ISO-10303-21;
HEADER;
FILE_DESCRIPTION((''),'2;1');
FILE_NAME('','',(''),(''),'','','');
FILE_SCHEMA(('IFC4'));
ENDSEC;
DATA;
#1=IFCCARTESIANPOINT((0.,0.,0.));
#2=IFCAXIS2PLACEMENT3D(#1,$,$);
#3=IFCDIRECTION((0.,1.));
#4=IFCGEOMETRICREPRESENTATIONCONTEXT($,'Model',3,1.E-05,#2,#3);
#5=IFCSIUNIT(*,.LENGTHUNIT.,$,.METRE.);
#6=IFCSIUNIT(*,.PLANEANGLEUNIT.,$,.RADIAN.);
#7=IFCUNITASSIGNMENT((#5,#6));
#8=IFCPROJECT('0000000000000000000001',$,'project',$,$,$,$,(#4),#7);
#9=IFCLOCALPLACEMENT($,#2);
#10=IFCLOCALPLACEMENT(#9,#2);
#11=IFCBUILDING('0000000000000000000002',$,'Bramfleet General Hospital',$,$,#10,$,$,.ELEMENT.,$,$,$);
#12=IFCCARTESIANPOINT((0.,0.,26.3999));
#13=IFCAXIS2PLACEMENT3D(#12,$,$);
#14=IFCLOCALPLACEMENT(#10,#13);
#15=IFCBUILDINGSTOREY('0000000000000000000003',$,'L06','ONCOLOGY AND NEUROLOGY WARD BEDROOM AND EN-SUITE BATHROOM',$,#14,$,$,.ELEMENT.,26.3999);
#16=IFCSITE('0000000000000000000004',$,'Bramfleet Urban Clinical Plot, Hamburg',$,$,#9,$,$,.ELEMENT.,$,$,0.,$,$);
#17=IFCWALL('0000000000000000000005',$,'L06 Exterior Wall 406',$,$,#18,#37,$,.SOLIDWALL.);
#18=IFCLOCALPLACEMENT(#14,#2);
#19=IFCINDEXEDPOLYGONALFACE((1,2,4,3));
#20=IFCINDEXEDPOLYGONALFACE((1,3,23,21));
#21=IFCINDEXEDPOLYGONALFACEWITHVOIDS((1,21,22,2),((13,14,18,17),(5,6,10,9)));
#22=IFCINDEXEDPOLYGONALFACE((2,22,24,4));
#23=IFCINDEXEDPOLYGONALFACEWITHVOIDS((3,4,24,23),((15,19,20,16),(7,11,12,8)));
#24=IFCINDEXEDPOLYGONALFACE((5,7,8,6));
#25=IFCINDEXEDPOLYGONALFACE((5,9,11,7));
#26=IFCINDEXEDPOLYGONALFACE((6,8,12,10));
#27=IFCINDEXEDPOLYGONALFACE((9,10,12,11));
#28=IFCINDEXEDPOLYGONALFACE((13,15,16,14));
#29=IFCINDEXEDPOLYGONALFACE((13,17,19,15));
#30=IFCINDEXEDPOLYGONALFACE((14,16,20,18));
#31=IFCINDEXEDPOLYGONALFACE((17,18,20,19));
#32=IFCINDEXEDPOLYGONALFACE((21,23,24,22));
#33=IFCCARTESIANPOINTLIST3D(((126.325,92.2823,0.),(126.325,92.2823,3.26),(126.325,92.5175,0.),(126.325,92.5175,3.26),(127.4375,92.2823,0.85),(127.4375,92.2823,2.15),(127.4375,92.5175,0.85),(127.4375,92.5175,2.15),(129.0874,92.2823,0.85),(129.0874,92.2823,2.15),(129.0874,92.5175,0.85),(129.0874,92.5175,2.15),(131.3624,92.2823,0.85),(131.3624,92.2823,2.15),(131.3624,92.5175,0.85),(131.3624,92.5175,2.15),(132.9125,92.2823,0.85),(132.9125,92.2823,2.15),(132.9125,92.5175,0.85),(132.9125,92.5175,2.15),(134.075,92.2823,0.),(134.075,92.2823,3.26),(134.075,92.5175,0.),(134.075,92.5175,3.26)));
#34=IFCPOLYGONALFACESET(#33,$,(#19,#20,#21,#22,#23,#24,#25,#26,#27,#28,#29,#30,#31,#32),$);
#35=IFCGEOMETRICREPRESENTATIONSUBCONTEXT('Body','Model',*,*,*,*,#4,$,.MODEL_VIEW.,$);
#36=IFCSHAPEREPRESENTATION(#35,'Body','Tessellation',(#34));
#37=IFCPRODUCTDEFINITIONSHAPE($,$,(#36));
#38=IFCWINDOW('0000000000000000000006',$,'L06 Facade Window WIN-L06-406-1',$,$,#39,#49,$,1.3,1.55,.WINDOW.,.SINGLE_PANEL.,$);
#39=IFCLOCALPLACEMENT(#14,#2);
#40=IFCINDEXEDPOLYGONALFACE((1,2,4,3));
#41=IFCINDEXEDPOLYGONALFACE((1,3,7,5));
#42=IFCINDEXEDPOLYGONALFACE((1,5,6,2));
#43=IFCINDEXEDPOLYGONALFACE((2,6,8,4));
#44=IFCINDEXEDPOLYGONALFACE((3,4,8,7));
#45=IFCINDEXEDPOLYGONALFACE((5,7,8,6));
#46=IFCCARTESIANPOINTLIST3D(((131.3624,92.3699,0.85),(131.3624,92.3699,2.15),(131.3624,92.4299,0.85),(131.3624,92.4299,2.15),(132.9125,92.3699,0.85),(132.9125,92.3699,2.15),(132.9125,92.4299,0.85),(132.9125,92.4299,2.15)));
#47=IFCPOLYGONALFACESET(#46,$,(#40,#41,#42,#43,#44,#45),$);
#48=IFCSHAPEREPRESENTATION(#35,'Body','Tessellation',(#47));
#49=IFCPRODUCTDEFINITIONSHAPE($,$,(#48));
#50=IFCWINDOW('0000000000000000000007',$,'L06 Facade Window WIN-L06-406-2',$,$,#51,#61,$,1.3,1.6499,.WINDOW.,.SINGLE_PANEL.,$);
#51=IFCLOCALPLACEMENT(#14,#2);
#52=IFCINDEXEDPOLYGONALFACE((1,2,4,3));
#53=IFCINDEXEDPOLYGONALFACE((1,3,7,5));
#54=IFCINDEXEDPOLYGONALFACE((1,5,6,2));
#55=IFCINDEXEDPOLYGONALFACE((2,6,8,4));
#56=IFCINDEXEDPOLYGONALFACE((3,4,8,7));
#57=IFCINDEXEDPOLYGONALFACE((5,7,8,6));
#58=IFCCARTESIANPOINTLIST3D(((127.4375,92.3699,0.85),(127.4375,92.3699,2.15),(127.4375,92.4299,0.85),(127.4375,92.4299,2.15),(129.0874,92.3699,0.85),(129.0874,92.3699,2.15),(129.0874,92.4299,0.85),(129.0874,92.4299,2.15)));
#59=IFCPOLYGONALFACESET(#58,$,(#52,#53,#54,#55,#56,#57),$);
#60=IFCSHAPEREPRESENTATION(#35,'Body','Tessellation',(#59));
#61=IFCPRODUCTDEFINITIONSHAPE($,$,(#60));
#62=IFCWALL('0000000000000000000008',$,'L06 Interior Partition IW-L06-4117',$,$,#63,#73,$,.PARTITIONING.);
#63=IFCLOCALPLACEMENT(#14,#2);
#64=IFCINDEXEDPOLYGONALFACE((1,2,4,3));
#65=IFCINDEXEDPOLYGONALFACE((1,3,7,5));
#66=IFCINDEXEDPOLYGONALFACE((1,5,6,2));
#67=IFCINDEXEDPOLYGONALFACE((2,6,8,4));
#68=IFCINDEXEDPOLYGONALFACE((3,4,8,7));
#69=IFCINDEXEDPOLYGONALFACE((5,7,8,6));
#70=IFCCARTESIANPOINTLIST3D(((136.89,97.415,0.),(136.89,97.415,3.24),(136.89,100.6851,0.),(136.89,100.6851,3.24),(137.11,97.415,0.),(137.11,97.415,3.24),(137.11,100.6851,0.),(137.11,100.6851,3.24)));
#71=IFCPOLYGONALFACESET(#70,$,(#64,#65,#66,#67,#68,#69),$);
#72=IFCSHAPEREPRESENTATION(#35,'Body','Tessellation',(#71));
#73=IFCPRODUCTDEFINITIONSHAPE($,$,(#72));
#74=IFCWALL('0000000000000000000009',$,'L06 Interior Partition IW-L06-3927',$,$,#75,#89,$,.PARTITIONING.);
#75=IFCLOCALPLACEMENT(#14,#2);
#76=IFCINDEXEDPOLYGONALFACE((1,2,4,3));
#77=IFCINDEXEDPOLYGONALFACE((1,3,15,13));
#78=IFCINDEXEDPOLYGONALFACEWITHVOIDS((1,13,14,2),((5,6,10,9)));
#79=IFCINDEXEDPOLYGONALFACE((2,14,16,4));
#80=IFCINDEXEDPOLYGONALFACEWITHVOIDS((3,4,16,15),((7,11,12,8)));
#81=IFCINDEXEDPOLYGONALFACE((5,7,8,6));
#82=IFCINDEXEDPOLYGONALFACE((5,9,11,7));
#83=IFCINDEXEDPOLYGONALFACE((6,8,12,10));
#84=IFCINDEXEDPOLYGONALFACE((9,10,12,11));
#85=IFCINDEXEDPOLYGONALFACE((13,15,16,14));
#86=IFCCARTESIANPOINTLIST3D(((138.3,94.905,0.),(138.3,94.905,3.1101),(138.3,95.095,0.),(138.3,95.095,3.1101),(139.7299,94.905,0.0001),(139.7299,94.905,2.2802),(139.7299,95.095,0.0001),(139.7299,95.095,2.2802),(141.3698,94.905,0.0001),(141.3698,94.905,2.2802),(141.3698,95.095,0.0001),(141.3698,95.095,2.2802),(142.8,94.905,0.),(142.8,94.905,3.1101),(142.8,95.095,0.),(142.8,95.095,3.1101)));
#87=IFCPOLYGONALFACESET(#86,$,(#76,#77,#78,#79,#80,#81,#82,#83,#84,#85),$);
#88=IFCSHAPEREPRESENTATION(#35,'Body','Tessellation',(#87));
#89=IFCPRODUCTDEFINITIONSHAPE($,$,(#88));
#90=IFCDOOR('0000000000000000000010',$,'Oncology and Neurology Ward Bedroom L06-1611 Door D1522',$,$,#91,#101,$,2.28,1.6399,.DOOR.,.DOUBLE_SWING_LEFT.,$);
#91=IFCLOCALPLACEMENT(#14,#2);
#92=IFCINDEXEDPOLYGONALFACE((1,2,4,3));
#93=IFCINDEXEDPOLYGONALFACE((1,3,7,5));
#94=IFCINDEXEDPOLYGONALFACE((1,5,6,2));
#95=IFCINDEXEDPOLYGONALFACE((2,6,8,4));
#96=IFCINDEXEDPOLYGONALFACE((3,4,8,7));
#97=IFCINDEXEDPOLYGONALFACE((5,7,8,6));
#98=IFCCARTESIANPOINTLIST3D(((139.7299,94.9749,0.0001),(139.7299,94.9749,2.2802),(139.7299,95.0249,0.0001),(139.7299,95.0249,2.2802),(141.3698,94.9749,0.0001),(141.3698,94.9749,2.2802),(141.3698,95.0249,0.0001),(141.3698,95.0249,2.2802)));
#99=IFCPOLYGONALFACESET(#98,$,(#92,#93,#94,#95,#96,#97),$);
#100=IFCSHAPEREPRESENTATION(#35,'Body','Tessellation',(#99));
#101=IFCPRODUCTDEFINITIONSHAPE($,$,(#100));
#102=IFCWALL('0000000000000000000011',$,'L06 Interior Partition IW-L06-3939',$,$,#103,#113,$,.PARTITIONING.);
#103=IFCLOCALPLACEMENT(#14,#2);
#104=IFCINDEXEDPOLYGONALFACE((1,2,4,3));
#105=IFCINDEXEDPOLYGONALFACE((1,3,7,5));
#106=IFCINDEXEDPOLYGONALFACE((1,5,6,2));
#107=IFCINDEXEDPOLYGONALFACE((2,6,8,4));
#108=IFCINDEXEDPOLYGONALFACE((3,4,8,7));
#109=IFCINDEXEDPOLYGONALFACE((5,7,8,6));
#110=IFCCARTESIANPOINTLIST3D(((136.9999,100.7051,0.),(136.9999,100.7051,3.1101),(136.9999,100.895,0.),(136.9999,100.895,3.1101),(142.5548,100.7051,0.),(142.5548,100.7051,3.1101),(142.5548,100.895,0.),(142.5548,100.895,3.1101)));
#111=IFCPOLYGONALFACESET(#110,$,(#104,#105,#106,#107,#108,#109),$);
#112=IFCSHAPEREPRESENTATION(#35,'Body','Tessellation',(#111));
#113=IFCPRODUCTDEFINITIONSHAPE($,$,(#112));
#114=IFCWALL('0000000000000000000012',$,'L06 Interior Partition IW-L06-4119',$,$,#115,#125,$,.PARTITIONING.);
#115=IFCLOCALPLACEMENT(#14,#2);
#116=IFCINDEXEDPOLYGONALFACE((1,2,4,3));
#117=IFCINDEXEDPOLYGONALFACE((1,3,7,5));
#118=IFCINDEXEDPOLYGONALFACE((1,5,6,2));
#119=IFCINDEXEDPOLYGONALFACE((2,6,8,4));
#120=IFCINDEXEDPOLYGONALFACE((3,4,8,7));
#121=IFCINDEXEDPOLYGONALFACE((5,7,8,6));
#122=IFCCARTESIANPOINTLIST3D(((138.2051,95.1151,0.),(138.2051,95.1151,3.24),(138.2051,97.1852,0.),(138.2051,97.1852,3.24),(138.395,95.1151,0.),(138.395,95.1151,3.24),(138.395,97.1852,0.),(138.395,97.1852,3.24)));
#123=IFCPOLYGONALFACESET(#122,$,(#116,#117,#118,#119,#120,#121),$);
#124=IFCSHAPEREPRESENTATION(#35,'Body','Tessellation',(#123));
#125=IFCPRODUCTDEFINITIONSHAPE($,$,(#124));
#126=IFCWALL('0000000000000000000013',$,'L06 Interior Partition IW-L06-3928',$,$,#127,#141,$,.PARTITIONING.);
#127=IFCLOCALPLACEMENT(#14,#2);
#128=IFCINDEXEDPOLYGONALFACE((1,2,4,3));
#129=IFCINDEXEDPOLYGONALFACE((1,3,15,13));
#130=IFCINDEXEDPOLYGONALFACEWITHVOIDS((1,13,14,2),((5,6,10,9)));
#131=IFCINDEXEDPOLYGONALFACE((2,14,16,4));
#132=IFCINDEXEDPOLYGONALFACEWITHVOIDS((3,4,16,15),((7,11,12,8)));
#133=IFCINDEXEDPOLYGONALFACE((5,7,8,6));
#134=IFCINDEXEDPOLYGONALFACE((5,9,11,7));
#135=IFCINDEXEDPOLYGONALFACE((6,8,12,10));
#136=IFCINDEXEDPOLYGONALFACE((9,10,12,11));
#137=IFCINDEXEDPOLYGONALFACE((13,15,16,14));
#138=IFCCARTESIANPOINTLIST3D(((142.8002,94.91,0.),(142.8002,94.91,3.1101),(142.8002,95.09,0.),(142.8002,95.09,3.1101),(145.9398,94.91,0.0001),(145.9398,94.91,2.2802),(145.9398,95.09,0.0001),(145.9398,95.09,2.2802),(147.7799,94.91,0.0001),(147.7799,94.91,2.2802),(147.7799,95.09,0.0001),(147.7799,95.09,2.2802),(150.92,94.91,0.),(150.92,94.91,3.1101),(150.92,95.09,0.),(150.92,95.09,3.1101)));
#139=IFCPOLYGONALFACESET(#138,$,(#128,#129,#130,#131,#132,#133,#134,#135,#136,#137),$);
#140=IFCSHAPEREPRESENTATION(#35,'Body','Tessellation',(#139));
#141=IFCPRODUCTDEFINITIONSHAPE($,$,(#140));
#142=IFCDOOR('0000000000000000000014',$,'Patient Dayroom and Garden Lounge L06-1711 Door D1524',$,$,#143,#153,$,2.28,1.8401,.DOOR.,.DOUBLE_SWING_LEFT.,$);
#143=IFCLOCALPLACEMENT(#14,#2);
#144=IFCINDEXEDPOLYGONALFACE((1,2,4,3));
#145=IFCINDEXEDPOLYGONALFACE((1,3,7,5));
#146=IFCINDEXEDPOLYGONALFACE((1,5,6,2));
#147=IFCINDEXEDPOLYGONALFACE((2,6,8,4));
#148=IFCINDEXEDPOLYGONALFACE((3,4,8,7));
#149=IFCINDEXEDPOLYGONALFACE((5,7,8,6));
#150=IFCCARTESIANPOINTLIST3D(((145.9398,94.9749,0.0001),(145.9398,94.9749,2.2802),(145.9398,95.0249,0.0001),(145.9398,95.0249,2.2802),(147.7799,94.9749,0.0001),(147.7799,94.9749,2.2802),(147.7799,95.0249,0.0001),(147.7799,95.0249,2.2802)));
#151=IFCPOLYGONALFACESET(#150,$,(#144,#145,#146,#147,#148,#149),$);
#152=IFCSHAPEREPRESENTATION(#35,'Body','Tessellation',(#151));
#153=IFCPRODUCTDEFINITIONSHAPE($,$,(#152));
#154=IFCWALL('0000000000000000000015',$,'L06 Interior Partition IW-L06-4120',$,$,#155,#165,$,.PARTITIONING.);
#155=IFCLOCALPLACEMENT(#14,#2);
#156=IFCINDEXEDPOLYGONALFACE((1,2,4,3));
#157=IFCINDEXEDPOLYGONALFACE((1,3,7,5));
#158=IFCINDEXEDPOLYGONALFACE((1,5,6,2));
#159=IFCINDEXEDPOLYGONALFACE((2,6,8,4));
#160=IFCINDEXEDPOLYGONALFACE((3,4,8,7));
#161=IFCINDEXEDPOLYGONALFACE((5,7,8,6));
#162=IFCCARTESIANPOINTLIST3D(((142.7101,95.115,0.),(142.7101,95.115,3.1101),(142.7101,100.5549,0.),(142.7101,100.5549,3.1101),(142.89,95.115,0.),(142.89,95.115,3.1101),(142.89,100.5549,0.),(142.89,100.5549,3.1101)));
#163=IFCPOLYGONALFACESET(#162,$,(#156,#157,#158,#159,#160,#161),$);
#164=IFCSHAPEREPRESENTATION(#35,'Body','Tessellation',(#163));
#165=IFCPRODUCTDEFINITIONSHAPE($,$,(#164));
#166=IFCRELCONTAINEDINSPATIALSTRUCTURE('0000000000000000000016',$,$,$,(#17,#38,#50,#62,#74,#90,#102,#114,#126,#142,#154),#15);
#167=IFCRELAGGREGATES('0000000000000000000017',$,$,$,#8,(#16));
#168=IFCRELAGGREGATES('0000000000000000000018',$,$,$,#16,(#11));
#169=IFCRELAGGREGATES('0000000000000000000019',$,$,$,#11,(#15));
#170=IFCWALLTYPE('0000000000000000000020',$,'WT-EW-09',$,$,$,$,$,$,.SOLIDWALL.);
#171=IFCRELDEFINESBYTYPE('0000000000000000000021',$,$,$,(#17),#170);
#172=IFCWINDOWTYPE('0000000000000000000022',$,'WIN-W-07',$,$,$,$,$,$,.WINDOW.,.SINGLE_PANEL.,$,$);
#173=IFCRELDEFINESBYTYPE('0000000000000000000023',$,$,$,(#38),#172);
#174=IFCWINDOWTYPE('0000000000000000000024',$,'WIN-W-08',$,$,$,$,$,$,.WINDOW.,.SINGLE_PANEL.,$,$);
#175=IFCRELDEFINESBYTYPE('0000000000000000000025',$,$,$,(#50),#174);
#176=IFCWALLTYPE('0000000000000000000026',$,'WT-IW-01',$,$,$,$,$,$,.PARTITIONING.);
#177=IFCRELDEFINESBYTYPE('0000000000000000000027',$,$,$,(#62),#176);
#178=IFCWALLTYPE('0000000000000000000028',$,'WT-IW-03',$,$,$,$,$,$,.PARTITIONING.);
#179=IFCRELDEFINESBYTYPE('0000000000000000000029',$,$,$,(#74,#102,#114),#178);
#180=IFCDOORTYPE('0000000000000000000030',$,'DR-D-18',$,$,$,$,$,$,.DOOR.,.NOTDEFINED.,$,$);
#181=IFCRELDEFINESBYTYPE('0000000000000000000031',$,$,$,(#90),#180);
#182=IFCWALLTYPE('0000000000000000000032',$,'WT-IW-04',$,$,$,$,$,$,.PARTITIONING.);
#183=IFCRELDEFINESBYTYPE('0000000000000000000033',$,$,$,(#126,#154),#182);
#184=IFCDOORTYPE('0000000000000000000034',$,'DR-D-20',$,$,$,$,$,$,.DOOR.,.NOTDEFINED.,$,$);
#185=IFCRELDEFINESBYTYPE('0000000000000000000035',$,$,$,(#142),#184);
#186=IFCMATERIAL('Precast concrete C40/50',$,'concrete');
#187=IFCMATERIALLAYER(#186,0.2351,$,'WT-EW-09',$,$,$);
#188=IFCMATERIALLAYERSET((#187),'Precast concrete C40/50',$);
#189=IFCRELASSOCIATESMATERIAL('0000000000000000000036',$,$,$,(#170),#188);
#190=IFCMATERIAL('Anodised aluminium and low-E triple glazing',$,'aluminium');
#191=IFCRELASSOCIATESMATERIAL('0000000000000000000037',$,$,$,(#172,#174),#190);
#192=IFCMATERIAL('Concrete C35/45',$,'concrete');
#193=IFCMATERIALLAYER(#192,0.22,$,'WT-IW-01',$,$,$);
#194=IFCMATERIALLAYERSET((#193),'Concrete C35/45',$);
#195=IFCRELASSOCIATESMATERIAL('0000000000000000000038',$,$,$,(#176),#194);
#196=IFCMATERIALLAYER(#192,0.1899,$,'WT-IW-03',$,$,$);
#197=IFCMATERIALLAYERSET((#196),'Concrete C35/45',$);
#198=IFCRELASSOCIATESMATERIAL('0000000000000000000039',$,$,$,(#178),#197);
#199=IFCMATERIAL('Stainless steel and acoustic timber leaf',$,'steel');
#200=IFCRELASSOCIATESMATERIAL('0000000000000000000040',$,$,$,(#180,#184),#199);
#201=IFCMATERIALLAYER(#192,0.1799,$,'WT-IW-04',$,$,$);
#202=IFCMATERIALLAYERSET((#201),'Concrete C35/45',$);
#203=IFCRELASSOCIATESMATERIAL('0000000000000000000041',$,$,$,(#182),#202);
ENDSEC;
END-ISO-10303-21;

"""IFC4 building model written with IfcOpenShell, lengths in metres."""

from ifc_helpers import new_model, si_unit, direction, frame, frame_2d, origin, place, context, subcontext, project, spatial, rectangle, extrude, material, layer, layer_set, type_object, element, fill, save


model = new_model("IFC4")

# Units and contexts
model_context = context("Model", 3, precision=1e-05, world=origin(), true_north=direction((0.0, 1.0)))
body_context = subcontext(model_context, "Body", "Model", "MODEL_VIEW")
ifc_project = project(units=[si_unit("LENGTHUNIT", "METRE"), si_unit("PLANEANGLEUNIT", "RADIAN")], contexts=[model_context])

# Site, building, storey
site_placement = place(None, origin())
site = spatial("IfcSite", under=ifc_project, at=site_placement, Name="Bramfleet Urban Clinical Plot, Hamburg", CompositionType="ELEMENT", RefElevation=0.0)
building_placement = place(site_placement, origin())
building = spatial("IfcBuilding", under=site, at=building_placement, Name="Bramfleet General Hospital", CompositionType="ELEMENT")
storey_placement = place(building_placement, frame((0.0, 0.0, 26.3999)))
storey = spatial("IfcBuildingStorey", under=building, at=storey_placement, Name="L06", Description="ONCOLOGY AND NEUROLOGY WARD BEDROOM AND EN-SUITE BATHROOM", CompositionType="ELEMENT", Elevation=26.3999)

# Wall, openings, windows
ifc_material_1 = material(Name="Precast concrete C40/50", Category="concrete")
ifc_material_2 = material(Name="Anodised aluminium and low-E triple glazing", Category="aluminium")
ifc_layer_1 = layer(ifc_material_1, 0.2351, Name="WT-EW-09")
ifc_layer_set_1 = layer_set([ifc_layer_1], Name="Precast concrete C40/50")
wall_type_1 = type_object("IfcWallType", Name="WT-EW-09", PredefinedType="SOLIDWALL", material=ifc_layer_set_1)
wall_1_placement = place(storey_placement, frame((134.075, 92.3999, 0.0), z_axis=(0.0, 0.0, 1.0), x_axis=(-1.0, 0.0, 0.0)))
wall_1 = element("IfcWall", 1, at=wall_1_placement, inside=storey, type_object=wall_type_1, Name="L06 Exterior Wall 406", PredefinedType="SOLIDWALL", context=body_context, shape_type="SweptSolid", body=[
    extrude(rectangle(XDim=7.75, YDim=0.2351, at=frame_2d((3.875, 0.0))), origin(), (0.0, 0.0, 1.0), 3.26),
])
opening_1_placement = place(wall_1_placement, frame((1.1626, 0.0, 0.8501)))
opening_1 = element("IfcOpeningElement", 2, at=opening_1_placement, cuts=wall_1, PredefinedType="OPENING", context=body_context, shape_type="SweptSolid", body=[
    extrude(rectangle(XDim=1.55, YDim=1.3, at=frame_2d((0.7749, 0.6499))), frame((0.0, 0.1274, 0.0), z_axis=(0.0, -1.0, 0.0), x_axis=(1.0, 0.0, 0.0)), (0.0, 0.0, 1.0), 0.2551),
])
opening_2_placement = place(wall_1_placement, frame((4.9875, 0.0, 0.8501)))
opening_2 = element("IfcOpeningElement", 3, at=opening_2_placement, cuts=wall_1, PredefinedType="OPENING", context=body_context, shape_type="SweptSolid", body=[
    extrude(rectangle(XDim=1.6499, YDim=1.3, at=frame_2d((0.825, 0.6499))), frame((0.0, 0.1274, 0.0), z_axis=(0.0, -1.0, 0.0), x_axis=(1.0, 0.0, 0.0)), (0.0, 0.0, 1.0), 0.2551),
])
window_type_1 = type_object("IfcWindowType", Name="WIN-W-07", PartitioningType="SINGLE_PANEL", PredefinedType="WINDOW", material=ifc_material_2)
window_1_placement = place(opening_1_placement, origin())
window_1 = element("IfcWindow", 4, at=window_1_placement, inside=storey, type_object=window_type_1, Name="L06 Facade Window WIN-L06-406-1", OverallHeight=1.3, OverallWidth=1.55, PartitioningType="SINGLE_PANEL", PredefinedType="WINDOW", context=body_context, shape_type="SweptSolid", body=[
    extrude(rectangle(XDim=1.55, YDim=1.3, at=frame_2d((0.7749, 0.6499))), frame((0.0, 0.03, 0.0), z_axis=(0.0, -1.0, 0.0), x_axis=(1.0, 0.0, 0.0)), (0.0, 0.0, 1.0), 0.0601),
])
fill(opening_1, window_1)
window_type_2 = type_object("IfcWindowType", Name="WIN-W-08", PartitioningType="SINGLE_PANEL", PredefinedType="WINDOW", material=ifc_material_2)
window_2_placement = place(opening_2_placement, origin())
window_2 = element("IfcWindow", 5, at=window_2_placement, inside=storey, type_object=window_type_2, Name="L06 Facade Window WIN-L06-406-2", OverallHeight=1.3, OverallWidth=1.6499, PartitioningType="SINGLE_PANEL", PredefinedType="WINDOW", context=body_context, shape_type="SweptSolid", body=[
    extrude(rectangle(XDim=1.6499, YDim=1.3, at=frame_2d((0.825, 0.6499))), frame((0.0, 0.03, 0.0), z_axis=(0.0, -1.0, 0.0), x_axis=(1.0, 0.0, 0.0)), (0.0, 0.0, 1.0), 0.0601),
])
fill(opening_2, window_2)

# Wall
ifc_material_3 = material(Name="Concrete C35/45", Category="concrete")
ifc_layer_2 = layer(ifc_material_3, 0.22, Name="WT-IW-01")
ifc_layer_set_2 = layer_set([ifc_layer_2], Name="Concrete C35/45")
wall_type_2 = type_object("IfcWallType", Name="WT-IW-01", PredefinedType="PARTITIONING", material=ifc_layer_set_2)
wall_2_placement = place(storey_placement, frame((137.0, 97.415, 0.0), z_axis=(0.0, 0.0, 1.0), x_axis=(0.0, 1.0, 0.0)))
element("IfcWall", 6, at=wall_2_placement, inside=storey, type_object=wall_type_2, Name="L06 Interior Partition IW-L06-4117", PredefinedType="PARTITIONING", context=body_context, shape_type="SweptSolid", body=[
    extrude(rectangle(XDim=3.27, YDim=0.22, at=frame_2d((1.635, 0.0))), origin(), (0.0, 0.0, 1.0), 3.24),
])

# Wall, opening, door
ifc_layer_3 = layer(ifc_material_3, 0.1899, Name="WT-IW-03")
ifc_layer_set_3 = layer_set([ifc_layer_3], Name="Concrete C35/45")
wall_type_3 = type_object("IfcWallType", Name="WT-IW-03", PredefinedType="PARTITIONING", material=ifc_layer_set_3)
wall_3_placement = place(storey_placement, frame((138.3, 95.0, 0.0), z_axis=(0.0, 0.0, 1.0), x_axis=(1.0, 0.0, 0.0)))
wall_3 = element("IfcWall", 7, at=wall_3_placement, inside=storey, type_object=wall_type_3, Name="L06 Interior Partition IW-L06-3927", PredefinedType="PARTITIONING", context=body_context, shape_type="SweptSolid", body=[
    extrude(rectangle(XDim=4.5, YDim=0.1899, at=frame_2d((2.25, 0.0))), origin(), (0.0, 0.0, 1.0), 3.1101),
])
opening_3_placement = place(wall_3_placement, frame((1.4299, 0.0, 0.0)))
opening_3 = element("IfcOpeningElement", 8, at=opening_3_placement, cuts=wall_3, PredefinedType="OPENING", context=body_context, shape_type="SweptSolid", body=[
    extrude(rectangle(XDim=1.6399, YDim=2.28, at=frame_2d((0.8198, 1.1401))), frame((0.0, 0.105, 0.0), z_axis=(0.0, -1.0, 0.0), x_axis=(1.0, 0.0, 0.0)), (0.0, 0.0, 1.0), 0.21),
])
ifc_material_4 = material(Name="Stainless steel and acoustic timber leaf", Category="steel")
door_type_1 = type_object("IfcDoorType", Name="DR-D-18", OperationType="NOTDEFINED", PredefinedType="DOOR", material=ifc_material_4)
door_1_placement = place(opening_3_placement, origin())
door_1 = element("IfcDoor", 9, at=door_1_placement, inside=storey, type_object=door_type_1, Name="Oncology and Neurology Ward Bedroom L06-1611 Door D1522", OperationType="DOUBLE_SWING_LEFT", OverallHeight=2.28, OverallWidth=1.6399, PredefinedType="DOOR", context=body_context, shape_type="SweptSolid", body=[
    extrude(rectangle(XDim=1.6399, YDim=2.28, at=frame_2d((0.8198, 1.1401))), frame((0.0, 0.0249, 0.0), z_axis=(0.0, -1.0, 0.0), x_axis=(1.0, 0.0, 0.0)), (0.0, 0.0, 1.0), 0.05),
])
fill(opening_3, door_1)

# Walls
wall_4_placement = place(storey_placement, frame((137.0, 100.8, 0.0), z_axis=(0.0, 0.0, 1.0), x_axis=(1.0, 0.0, 0.0)))
element("IfcWall", 10, at=wall_4_placement, inside=storey, type_object=wall_type_3, Name="L06 Interior Partition IW-L06-3939", PredefinedType="PARTITIONING", context=body_context, shape_type="SweptSolid", body=[
    extrude(rectangle(XDim=5.5549, YDim=0.1899, at=frame_2d((2.7773, 0.0))), origin(), (0.0, 0.0, 1.0), 3.1101),
])
wall_5_placement = place(storey_placement, frame((138.3, 95.115, 0.0), z_axis=(0.0, 0.0, 1.0), x_axis=(0.0, 1.0, 0.0)))
element("IfcWall", 11, at=wall_5_placement, inside=storey, type_object=wall_type_3, Name="L06 Interior Partition IW-L06-4119", PredefinedType="PARTITIONING", context=body_context, shape_type="SweptSolid", body=[
    extrude(rectangle(XDim=2.0701, YDim=0.1899, at=frame_2d((1.0352, 0.0))), origin(), (0.0, 0.0, 1.0), 3.24),
])

# Wall, opening, door
ifc_layer_4 = layer(ifc_material_3, 0.1799, Name="WT-IW-04")
ifc_layer_set_4 = layer_set([ifc_layer_4], Name="Concrete C35/45")
wall_type_4 = type_object("IfcWallType", Name="WT-IW-04", PredefinedType="PARTITIONING", material=ifc_layer_set_4)
wall_6_placement = place(storey_placement, frame((142.8, 95.0, 0.0), z_axis=(0.0, 0.0, 1.0), x_axis=(1.0, 0.0, 0.0)))
wall_6 = element("IfcWall", 12, at=wall_6_placement, inside=storey, type_object=wall_type_4, Name="L06 Interior Partition IW-L06-3928", PredefinedType="PARTITIONING", context=body_context, shape_type="SweptSolid", body=[
    extrude(rectangle(XDim=8.1199, YDim=0.1799, at=frame_2d((4.0601, 0.0))), origin(), (0.0, 0.0, 1.0), 3.1101),
])
opening_4_placement = place(wall_6_placement, frame((3.1399, 0.0, 0.0)))
opening_4 = element("IfcOpeningElement", 13, at=opening_4_placement, cuts=wall_6, PredefinedType="OPENING", context=body_context, shape_type="SweptSolid", body=[
    extrude(rectangle(XDim=1.8401, YDim=2.28, at=frame_2d((0.9199, 1.1401))), frame((0.0, 0.0999, 0.0), z_axis=(0.0, -1.0, 0.0), x_axis=(1.0, 0.0, 0.0)), (0.0, 0.0, 1.0), 0.2),
])
door_type_2 = type_object("IfcDoorType", Name="DR-D-20", OperationType="NOTDEFINED", PredefinedType="DOOR", material=ifc_material_4)
door_2_placement = place(opening_4_placement, origin())
door_2 = element("IfcDoor", 14, at=door_2_placement, inside=storey, type_object=door_type_2, Name="Patient Dayroom and Garden Lounge L06-1711 Door D1524", OperationType="DOUBLE_SWING_LEFT", OverallHeight=2.28, OverallWidth=1.8401, PredefinedType="DOOR", context=body_context, shape_type="SweptSolid", body=[
    extrude(rectangle(XDim=1.8401, YDim=2.28, at=frame_2d((0.9199, 1.1401))), frame((0.0, 0.0249, 0.0), z_axis=(0.0, -1.0, 0.0), x_axis=(1.0, 0.0, 0.0)), (0.0, 0.0, 1.0), 0.05),
])
fill(opening_4, door_2)

# Wall
wall_7_placement = place(storey_placement, frame((142.8, 95.115, 0.0), z_axis=(0.0, 0.0, 1.0), x_axis=(0.0, 1.0, 0.0)))
element("IfcWall", 15, at=wall_7_placement, inside=storey, type_object=wall_type_4, Name="L06 Interior Partition IW-L06-4120", PredefinedType="PARTITIONING", context=body_context, shape_type="SweptSolid", body=[
    extrude(rectangle(XDim=5.4399, YDim=0.1799, at=frame_2d((2.72, 0.0))), origin(), (0.0, 0.0, 1.0), 3.1101),
])

save(model, "model.ifc")
